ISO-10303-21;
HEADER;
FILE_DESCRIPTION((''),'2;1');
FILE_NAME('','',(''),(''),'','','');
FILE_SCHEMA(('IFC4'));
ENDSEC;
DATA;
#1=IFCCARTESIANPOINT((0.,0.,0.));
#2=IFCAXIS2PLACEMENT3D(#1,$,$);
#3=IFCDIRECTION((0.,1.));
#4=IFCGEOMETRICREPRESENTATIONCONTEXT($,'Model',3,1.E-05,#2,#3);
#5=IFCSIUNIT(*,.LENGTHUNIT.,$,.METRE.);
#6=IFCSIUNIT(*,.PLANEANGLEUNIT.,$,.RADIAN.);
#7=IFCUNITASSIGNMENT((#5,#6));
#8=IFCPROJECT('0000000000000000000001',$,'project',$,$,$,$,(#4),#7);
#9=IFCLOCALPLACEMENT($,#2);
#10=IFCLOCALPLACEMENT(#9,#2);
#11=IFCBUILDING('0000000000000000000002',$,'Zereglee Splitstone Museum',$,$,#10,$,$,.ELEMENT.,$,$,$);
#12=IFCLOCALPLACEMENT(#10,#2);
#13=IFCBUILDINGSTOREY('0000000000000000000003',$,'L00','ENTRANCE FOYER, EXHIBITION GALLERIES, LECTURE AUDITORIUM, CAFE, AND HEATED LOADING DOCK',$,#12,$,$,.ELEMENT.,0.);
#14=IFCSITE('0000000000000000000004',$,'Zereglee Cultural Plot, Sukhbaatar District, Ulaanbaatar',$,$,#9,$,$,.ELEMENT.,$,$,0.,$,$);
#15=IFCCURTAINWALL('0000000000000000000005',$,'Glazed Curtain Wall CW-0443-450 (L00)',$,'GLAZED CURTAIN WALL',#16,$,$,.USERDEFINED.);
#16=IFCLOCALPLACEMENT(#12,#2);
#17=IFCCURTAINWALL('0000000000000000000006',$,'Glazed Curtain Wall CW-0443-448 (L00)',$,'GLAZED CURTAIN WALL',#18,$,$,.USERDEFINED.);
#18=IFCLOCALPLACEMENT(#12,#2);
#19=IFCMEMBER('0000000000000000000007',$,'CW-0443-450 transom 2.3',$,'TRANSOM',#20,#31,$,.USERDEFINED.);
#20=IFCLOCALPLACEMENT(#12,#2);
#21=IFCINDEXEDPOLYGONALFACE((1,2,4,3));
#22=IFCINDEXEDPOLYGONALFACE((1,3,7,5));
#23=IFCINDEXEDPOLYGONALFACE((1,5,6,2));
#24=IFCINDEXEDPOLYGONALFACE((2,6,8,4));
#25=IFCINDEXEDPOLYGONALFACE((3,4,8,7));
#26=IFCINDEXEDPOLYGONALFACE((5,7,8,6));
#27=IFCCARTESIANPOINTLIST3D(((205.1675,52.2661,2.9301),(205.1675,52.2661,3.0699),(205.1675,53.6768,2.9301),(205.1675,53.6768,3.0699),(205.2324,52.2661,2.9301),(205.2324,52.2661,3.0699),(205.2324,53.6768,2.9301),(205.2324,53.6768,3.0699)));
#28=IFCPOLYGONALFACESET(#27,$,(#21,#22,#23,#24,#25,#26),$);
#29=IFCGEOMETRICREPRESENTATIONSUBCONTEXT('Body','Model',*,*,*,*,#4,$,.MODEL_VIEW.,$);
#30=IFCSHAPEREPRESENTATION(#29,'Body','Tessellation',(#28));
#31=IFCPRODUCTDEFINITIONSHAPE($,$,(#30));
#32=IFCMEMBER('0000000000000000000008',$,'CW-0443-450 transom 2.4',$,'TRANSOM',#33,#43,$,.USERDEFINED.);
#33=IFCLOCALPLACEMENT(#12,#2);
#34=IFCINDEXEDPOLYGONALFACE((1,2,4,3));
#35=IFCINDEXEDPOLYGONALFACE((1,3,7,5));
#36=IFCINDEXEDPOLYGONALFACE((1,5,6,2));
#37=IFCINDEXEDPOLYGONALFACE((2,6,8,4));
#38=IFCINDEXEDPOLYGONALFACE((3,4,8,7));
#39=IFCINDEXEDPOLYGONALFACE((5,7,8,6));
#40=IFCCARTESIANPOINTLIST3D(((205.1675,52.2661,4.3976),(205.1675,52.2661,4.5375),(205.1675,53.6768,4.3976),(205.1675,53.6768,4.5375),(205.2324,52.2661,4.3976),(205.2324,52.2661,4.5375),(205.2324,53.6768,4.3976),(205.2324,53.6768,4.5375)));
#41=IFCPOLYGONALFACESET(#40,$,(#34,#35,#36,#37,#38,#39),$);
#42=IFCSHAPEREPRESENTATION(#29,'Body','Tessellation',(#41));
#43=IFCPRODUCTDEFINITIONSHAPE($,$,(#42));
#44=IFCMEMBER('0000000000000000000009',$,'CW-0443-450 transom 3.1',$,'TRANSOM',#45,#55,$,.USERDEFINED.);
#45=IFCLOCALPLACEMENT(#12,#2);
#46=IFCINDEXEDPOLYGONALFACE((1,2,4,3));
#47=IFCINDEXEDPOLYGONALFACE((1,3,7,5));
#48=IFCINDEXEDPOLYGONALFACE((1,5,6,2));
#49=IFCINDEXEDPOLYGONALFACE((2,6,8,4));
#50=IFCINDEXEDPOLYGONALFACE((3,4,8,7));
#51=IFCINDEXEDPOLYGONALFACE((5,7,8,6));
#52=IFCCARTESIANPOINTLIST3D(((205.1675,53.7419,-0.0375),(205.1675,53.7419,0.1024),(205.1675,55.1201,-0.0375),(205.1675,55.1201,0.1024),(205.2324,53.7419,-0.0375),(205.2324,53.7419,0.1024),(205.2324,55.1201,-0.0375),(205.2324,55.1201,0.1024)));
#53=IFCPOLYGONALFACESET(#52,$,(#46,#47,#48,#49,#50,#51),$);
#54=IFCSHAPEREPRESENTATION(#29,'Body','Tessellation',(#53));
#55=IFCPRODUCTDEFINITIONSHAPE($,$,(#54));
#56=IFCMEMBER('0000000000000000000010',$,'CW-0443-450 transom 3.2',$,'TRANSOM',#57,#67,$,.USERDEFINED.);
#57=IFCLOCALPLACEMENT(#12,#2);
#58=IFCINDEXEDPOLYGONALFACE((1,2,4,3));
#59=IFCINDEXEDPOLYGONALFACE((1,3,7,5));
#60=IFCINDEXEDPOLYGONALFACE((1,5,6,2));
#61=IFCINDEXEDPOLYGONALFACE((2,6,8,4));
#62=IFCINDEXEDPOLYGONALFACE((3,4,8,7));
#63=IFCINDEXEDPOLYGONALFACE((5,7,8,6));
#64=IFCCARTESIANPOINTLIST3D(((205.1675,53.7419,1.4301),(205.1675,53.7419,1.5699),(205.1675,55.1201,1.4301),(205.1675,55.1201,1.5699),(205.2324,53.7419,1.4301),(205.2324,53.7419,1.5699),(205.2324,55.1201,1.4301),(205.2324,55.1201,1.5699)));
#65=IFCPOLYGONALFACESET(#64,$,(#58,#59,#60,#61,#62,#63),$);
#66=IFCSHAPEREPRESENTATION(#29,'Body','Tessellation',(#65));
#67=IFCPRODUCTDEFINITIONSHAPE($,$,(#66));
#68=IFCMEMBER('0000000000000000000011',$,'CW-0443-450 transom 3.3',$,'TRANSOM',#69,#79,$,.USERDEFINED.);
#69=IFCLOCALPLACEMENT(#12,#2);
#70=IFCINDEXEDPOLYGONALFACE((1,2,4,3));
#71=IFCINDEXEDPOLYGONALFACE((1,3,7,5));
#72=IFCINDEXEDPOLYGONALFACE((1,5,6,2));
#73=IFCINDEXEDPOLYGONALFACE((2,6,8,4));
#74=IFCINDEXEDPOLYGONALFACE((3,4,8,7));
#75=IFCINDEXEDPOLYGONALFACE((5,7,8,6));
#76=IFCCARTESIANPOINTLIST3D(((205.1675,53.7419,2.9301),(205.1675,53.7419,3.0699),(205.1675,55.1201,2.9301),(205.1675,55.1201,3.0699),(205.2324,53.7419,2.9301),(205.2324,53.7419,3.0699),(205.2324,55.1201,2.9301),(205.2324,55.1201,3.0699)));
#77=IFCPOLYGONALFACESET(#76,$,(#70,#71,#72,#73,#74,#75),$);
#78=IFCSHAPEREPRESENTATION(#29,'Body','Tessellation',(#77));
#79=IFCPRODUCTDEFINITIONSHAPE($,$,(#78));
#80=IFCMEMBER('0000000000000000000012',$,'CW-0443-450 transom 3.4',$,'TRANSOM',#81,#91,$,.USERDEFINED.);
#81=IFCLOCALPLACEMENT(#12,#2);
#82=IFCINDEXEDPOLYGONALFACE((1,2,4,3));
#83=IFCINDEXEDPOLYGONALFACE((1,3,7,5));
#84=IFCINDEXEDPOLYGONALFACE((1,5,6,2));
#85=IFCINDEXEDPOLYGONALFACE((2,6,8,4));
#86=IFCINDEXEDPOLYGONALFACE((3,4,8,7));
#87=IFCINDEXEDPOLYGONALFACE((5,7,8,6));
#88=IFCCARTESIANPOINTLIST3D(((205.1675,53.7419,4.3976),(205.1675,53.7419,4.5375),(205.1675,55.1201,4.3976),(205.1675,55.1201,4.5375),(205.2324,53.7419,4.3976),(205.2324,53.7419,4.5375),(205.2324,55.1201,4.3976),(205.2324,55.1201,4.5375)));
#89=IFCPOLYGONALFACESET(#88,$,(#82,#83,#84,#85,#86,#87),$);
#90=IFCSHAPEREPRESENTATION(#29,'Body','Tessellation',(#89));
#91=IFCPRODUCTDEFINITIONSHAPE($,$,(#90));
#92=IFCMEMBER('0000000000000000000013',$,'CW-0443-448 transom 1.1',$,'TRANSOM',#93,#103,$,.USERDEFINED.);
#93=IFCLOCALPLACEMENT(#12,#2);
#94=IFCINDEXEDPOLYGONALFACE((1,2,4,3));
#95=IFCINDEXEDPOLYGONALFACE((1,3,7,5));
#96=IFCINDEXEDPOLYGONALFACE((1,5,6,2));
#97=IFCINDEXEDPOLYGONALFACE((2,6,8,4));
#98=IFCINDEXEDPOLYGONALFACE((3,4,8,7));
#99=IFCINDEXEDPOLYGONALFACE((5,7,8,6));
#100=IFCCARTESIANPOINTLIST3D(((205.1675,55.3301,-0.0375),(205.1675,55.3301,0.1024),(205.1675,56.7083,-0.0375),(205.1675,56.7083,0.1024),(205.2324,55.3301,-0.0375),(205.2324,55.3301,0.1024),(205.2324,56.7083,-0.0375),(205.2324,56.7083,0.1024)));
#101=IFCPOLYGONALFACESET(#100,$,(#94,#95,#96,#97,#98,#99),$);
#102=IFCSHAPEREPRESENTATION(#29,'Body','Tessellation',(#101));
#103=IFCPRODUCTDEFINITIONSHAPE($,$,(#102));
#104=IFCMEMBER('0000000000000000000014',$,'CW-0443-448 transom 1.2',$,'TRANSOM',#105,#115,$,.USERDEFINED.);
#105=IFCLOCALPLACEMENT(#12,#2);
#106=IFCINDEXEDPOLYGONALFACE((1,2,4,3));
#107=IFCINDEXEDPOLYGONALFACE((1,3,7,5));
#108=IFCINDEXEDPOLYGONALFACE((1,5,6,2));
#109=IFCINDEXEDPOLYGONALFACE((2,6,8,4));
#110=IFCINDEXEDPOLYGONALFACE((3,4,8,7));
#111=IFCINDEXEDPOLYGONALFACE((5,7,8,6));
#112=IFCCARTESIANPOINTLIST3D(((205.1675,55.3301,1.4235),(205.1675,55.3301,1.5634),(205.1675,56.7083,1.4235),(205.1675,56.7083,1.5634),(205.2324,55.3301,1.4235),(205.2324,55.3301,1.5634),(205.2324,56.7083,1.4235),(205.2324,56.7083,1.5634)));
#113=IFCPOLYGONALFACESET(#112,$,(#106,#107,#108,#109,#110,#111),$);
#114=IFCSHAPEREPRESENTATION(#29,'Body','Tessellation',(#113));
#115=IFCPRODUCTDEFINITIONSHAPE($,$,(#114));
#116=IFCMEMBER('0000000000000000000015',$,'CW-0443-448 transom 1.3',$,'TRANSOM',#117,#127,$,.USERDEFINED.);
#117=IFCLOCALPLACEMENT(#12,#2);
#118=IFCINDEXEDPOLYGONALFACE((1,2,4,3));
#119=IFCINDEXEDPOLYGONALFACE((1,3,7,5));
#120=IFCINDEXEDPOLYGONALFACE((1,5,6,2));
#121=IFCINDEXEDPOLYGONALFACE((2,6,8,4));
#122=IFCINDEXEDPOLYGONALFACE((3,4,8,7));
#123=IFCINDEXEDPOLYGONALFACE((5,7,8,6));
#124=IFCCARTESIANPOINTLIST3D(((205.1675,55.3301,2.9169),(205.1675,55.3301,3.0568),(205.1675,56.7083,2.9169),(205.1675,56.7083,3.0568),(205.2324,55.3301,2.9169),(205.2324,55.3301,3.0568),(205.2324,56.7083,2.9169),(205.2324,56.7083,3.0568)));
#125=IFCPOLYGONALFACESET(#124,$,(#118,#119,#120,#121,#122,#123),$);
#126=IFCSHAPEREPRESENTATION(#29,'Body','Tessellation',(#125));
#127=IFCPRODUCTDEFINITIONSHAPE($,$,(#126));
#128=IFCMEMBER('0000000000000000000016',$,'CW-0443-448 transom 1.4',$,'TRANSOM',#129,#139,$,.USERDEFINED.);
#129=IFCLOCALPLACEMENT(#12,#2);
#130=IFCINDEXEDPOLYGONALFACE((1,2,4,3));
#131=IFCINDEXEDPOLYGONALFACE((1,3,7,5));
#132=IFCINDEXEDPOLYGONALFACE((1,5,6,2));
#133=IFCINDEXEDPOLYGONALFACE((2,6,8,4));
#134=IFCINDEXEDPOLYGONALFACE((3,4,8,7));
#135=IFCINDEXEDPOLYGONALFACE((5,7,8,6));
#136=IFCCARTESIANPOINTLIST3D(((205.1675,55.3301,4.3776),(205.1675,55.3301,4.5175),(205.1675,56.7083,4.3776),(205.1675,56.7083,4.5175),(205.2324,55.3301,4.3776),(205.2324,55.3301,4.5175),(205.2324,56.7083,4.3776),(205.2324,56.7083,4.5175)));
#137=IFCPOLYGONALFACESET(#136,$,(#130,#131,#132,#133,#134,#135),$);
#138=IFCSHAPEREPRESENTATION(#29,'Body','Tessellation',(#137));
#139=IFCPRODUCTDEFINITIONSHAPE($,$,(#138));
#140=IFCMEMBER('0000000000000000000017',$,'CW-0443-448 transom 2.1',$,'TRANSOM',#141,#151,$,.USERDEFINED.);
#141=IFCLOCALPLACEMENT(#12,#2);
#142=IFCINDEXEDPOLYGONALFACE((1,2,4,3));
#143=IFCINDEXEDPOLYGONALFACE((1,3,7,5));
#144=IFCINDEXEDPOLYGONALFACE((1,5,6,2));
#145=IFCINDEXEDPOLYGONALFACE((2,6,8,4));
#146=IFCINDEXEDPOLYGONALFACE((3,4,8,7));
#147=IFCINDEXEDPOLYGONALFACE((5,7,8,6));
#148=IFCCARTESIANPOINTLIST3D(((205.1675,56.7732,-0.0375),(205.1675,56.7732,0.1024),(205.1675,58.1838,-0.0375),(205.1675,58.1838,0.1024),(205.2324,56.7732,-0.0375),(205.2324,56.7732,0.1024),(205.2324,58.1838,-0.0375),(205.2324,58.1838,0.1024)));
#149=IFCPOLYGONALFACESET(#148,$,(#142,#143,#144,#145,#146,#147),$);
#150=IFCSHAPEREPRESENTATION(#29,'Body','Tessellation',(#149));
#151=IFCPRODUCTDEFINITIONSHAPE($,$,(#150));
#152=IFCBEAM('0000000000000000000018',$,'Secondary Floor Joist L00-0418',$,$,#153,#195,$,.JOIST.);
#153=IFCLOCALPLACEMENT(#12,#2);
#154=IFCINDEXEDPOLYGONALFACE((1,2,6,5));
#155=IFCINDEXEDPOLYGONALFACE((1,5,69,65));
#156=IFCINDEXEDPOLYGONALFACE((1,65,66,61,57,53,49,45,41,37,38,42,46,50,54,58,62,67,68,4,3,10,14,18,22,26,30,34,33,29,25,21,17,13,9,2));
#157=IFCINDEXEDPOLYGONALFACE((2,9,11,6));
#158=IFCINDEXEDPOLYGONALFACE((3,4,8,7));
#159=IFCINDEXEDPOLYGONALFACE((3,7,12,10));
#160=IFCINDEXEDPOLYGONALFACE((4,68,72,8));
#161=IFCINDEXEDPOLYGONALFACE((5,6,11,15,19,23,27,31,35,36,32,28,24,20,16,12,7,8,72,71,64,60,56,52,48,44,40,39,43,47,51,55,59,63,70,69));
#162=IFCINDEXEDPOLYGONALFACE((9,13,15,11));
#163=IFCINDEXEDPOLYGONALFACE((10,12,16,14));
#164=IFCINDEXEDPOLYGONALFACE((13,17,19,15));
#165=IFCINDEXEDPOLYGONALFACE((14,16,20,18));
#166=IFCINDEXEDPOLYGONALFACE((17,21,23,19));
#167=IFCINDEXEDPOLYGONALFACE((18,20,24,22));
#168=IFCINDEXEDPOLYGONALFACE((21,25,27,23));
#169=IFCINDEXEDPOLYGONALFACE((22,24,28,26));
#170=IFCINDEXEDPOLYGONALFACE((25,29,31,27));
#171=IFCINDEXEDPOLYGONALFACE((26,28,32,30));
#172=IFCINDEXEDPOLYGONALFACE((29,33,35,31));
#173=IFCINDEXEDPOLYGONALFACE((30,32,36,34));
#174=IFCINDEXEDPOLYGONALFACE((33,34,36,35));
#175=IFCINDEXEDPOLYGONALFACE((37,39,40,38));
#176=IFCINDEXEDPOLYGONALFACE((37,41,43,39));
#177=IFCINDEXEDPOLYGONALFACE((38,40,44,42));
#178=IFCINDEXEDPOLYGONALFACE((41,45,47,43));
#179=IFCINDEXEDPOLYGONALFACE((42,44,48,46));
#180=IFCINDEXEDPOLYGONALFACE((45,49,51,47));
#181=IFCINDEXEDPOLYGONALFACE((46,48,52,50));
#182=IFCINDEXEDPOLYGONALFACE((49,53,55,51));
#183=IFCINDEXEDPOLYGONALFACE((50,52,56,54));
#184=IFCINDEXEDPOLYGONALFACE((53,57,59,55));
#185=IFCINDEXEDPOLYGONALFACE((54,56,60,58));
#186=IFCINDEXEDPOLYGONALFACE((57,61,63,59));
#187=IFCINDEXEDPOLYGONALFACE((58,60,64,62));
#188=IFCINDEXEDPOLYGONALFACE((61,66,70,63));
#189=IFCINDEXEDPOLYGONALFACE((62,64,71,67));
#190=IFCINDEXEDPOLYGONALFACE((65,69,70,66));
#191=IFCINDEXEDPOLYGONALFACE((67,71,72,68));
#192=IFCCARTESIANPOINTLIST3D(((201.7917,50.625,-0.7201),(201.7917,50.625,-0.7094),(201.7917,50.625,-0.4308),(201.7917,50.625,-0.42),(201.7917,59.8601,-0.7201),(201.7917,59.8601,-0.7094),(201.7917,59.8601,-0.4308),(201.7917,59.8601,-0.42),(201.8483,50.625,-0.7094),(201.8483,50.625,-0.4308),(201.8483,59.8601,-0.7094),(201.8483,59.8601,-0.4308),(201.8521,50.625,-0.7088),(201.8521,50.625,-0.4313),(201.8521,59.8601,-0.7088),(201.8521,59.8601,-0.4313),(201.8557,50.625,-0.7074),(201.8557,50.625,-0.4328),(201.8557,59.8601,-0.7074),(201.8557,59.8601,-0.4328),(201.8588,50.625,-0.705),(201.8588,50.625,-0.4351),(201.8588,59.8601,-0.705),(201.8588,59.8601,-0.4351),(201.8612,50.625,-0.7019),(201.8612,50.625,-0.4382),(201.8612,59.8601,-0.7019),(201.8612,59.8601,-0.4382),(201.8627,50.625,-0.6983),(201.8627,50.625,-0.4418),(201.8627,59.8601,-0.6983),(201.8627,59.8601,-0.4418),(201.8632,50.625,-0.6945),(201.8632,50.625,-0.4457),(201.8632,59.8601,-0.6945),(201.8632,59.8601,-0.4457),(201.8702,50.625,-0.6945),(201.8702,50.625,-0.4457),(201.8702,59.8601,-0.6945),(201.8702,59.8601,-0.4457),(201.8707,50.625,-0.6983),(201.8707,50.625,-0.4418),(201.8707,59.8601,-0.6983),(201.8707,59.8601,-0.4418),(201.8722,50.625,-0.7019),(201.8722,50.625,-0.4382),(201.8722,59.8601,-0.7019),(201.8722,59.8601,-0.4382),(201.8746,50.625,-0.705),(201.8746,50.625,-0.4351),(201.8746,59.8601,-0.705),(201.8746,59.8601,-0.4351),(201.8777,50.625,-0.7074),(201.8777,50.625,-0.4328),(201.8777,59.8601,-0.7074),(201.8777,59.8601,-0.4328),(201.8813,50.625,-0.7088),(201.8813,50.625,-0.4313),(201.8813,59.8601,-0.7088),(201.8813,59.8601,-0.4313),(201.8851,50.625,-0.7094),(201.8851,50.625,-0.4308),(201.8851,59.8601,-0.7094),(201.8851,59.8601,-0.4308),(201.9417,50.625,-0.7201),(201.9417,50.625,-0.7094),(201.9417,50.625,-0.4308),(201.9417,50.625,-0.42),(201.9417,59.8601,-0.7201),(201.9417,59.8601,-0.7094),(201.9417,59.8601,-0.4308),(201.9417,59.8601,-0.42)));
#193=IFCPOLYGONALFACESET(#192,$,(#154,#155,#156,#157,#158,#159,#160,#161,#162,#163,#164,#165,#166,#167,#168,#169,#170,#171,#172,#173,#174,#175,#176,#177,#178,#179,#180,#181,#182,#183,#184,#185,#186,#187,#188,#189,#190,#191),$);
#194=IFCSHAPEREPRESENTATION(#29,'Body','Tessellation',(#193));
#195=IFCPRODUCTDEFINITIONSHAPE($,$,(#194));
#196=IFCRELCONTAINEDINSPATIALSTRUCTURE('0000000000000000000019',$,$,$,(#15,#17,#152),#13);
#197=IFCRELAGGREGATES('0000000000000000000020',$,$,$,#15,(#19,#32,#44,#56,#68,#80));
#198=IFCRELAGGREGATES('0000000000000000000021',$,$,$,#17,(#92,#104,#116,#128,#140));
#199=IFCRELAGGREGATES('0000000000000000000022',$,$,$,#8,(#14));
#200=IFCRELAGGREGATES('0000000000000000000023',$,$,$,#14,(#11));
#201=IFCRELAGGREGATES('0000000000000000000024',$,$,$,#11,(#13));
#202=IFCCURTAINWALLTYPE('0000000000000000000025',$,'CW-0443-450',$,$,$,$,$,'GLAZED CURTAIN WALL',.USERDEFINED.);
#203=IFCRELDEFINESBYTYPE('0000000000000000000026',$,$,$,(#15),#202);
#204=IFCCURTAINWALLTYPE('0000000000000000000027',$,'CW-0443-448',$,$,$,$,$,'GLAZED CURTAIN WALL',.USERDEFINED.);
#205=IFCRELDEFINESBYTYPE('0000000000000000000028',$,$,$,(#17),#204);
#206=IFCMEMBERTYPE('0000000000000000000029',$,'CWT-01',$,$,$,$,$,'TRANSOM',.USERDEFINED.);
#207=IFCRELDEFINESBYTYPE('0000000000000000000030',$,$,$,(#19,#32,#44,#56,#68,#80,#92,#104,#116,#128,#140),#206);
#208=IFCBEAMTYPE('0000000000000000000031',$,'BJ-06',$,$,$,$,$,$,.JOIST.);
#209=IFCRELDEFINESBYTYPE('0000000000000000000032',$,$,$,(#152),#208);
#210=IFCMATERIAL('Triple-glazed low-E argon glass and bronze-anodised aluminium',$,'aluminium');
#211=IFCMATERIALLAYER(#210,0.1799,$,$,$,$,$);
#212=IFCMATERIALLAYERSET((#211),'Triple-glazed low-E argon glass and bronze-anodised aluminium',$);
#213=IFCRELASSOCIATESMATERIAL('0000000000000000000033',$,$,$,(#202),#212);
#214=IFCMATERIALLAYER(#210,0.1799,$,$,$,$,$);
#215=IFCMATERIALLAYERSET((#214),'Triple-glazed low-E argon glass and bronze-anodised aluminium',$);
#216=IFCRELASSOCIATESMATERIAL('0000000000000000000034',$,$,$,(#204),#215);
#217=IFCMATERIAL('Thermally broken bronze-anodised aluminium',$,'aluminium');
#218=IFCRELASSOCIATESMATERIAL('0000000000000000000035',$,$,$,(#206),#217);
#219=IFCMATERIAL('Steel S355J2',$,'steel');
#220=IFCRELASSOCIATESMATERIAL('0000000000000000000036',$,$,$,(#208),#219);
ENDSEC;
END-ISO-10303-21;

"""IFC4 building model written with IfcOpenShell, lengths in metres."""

from ifc_helpers import new_model, si_unit, direction, frame, origin, origin_2d, place, context, subcontext, project, spatial, rectangle, i_section, extrude, material, layer, layer_set, material_profile, profile_set, type_object, element, aggregate, save


model = new_model("IFC4")

# Units and contexts
model_context = context("Model", 3, precision=1e-05, world=origin(), true_north=direction((0.0, 1.0)))
body_context = subcontext(model_context, "Body", "Model", "MODEL_VIEW")
ifc_project = project(units=[si_unit("LENGTHUNIT", "METRE"), si_unit("PLANEANGLEUNIT", "RADIAN")], contexts=[model_context])

# Site, building, storey
site_placement = place(None, origin())
site = spatial("IfcSite", under=ifc_project, at=site_placement, Name="Zereglee Cultural Plot, Sukhbaatar District, Ulaanbaatar", CompositionType="ELEMENT", RefElevation=0.0)
building_placement = place(site_placement, origin())
building = spatial("IfcBuilding", under=site, at=building_placement, Name="Zereglee Splitstone Museum", CompositionType="ELEMENT")
storey_placement = place(building_placement, origin())
storey = spatial("IfcBuildingStorey", under=building, at=storey_placement, Name="L00", Description="ENTRANCE FOYER, EXHIBITION GALLERIES, LECTURE AUDITORIUM, CAFE, AND HEATED LOADING DOCK", CompositionType="ELEMENT", Elevation=0.0)

# Shared definitions
ifc_material_1 = material(Name="Triple-glazed low-E argon glass and bronze-anodised aluminium", Category="aluminium")
ifc_material_2 = material(Name="Thermally broken bronze-anodised aluminium", Category="aluminium")

# Curtain walls
ifc_layer_1 = layer(ifc_material_1, 0.1799)
ifc_layer_set_1 = layer_set([ifc_layer_1], Name="Triple-glazed low-E argon glass and bronze-anodised aluminium")
curtain_wall_type_1 = type_object("IfcCurtainWallType", Name="CW-0443-450", ElementType="GLAZED CURTAIN WALL", PredefinedType="USERDEFINED", material=ifc_layer_set_1)
curtain_wall_1_placement = place(storey_placement, origin())
curtain_wall_1 = element("IfcCurtainWall", 1, at=curtain_wall_1_placement, inside=storey, type_object=curtain_wall_type_1, Name="Glazed Curtain Wall CW-0443-450 (L00)", ObjectType="GLAZED CURTAIN WALL", PredefinedType="USERDEFINED")
ifc_layer_2 = layer(ifc_material_1, 0.1799)
ifc_layer_set_2 = layer_set([ifc_layer_2], Name="Triple-glazed low-E argon glass and bronze-anodised aluminium")
curtain_wall_type_2 = type_object("IfcCurtainWallType", Name="CW-0443-448", ElementType="GLAZED CURTAIN WALL", PredefinedType="USERDEFINED", material=ifc_layer_set_2)
curtain_wall_2_placement = place(storey_placement, origin())
curtain_wall_2 = element("IfcCurtainWall", 2, at=curtain_wall_2_placement, inside=storey, type_object=curtain_wall_type_2, Name="Glazed Curtain Wall CW-0443-448 (L00)", ObjectType="GLAZED CURTAIN WALL", PredefinedType="USERDEFINED")

# Members
ifc_material_profile_1 = material_profile(ifc_material_2, rectangle(XDim=0.0649, YDim=0.1399, at=origin_2d()), Name="CW TRAN 65x140")
ifc_profile_set_1 = profile_set([ifc_material_profile_1], Name="Thermally broken bronze-anodised aluminium")
member_type_1 = type_object("IfcMemberType", Name="CWT-01", ElementType="TRANSOM", PredefinedType="USERDEFINED", material=ifc_profile_set_1)
member_1_placement = place(storey_placement, frame((205.2, 52.2661, 3.0), z_axis=(0.0, 1.0, 0.0), x_axis=(-1.0, 0.0, 0.0)))
member_1 = element("IfcMember", 3, at=member_1_placement, type_object=member_type_1, Name="CW-0443-450 transom 2.3", ObjectType="TRANSOM", PredefinedType="USERDEFINED", context=body_context, shape_type="SweptSolid", body=[
    extrude(rectangle(XDim=0.0649, YDim=0.1399, at=origin_2d()), origin(), (0.0, 0.0, 1.0), 1.4106),
])
member_2_placement = place(storey_placement, frame((205.2, 52.2661, 4.4675), z_axis=(0.0, 1.0, 0.0), x_axis=(-1.0, 0.0, 0.0)))
member_2 = element("IfcMember", 4, at=member_2_placement, type_object=member_type_1, Name="CW-0443-450 transom 2.4", ObjectType="TRANSOM", PredefinedType="USERDEFINED", context=body_context, shape_type="SweptSolid", body=[
    extrude(rectangle(XDim=0.0649, YDim=0.1399, at=origin_2d()), origin(), (0.0, 0.0, 1.0), 1.4106),
])
member_3_placement = place(storey_placement, frame((205.2, 53.7419, 0.0325), z_axis=(0.0, 1.0, 0.0), x_axis=(-1.0, 0.0, 0.0)))
member_3 = element("IfcMember", 5, at=member_3_placement, type_object=member_type_1, Name="CW-0443-450 transom 3.1", ObjectType="TRANSOM", PredefinedType="USERDEFINED", context=body_context, shape_type="SweptSolid", body=[
    extrude(rectangle(XDim=0.0649, YDim=0.1399, at=origin_2d()), origin(), (0.0, 0.0, 1.0), 1.3782),
])
member_4_placement = place(storey_placement, frame((205.2, 53.7419, 1.5), z_axis=(0.0, 1.0, 0.0), x_axis=(-1.0, 0.0, 0.0)))
member_4 = element("IfcMember", 6, at=member_4_placement, type_object=member_type_1, Name="CW-0443-450 transom 3.2", ObjectType="TRANSOM", PredefinedType="USERDEFINED", context=body_context, shape_type="SweptSolid", body=[
    extrude(rectangle(XDim=0.0649, YDim=0.1399, at=origin_2d()), origin(), (0.0, 0.0, 1.0), 1.3782),
])
member_5_placement = place(storey_placement, frame((205.2, 53.7419, 3.0), z_axis=(0.0, 1.0, 0.0), x_axis=(-1.0, 0.0, 0.0)))
member_5 = element("IfcMember", 7, at=member_5_placement, type_object=member_type_1, Name="CW-0443-450 transom 3.3", ObjectType="TRANSOM", PredefinedType="USERDEFINED", context=body_context, shape_type="SweptSolid", body=[
    extrude(rectangle(XDim=0.0649, YDim=0.1399, at=origin_2d()), origin(), (0.0, 0.0, 1.0), 1.3782),
])
member_6_placement = place(storey_placement, frame((205.2, 53.7419, 4.4675), z_axis=(0.0, 1.0, 0.0), x_axis=(-1.0, 0.0, 0.0)))
member_6 = element("IfcMember", 8, at=member_6_placement, type_object=member_type_1, Name="CW-0443-450 transom 3.4", ObjectType="TRANSOM", PredefinedType="USERDEFINED", context=body_context, shape_type="SweptSolid", body=[
    extrude(rectangle(XDim=0.0649, YDim=0.1399, at=origin_2d()), origin(), (0.0, 0.0, 1.0), 1.3782),
])
member_7_placement = place(storey_placement, frame((205.2, 55.3301, 0.0325), z_axis=(0.0, 1.0, 0.0), x_axis=(-1.0, 0.0, 0.0)))
member_7 = element("IfcMember", 9, at=member_7_placement, type_object=member_type_1, Name="CW-0443-448 transom 1.1", ObjectType="TRANSOM", PredefinedType="USERDEFINED", context=body_context, shape_type="SweptSolid", body=[
    extrude(rectangle(XDim=0.0649, YDim=0.1399, at=origin_2d()), origin(), (0.0, 0.0, 1.0), 1.3782),
])
member_8_placement = place(storey_placement, frame((205.2, 55.3301, 1.4934), z_axis=(0.0, 1.0, 0.0), x_axis=(-1.0, 0.0, 0.0)))
member_8 = element("IfcMember", 10, at=member_8_placement, type_object=member_type_1, Name="CW-0443-448 transom 1.2", ObjectType="TRANSOM", PredefinedType="USERDEFINED", context=body_context, shape_type="SweptSolid", body=[
    extrude(rectangle(XDim=0.0649, YDim=0.1399, at=origin_2d()), origin(), (0.0, 0.0, 1.0), 1.3782),
])
member_9_placement = place(storey_placement, frame((205.2, 55.3301, 2.9868), z_axis=(0.0, 1.0, 0.0), x_axis=(-1.0, 0.0, 0.0)))
member_9 = element("IfcMember", 11, at=member_9_placement, type_object=member_type_1, Name="CW-0443-448 transom 1.3", ObjectType="TRANSOM", PredefinedType="USERDEFINED", context=body_context, shape_type="SweptSolid", body=[
    extrude(rectangle(XDim=0.0649, YDim=0.1399, at=origin_2d()), origin(), (0.0, 0.0, 1.0), 1.3782),
])
member_10_placement = place(storey_placement, frame((205.2, 55.3301, 4.4475), z_axis=(0.0, 1.0, 0.0), x_axis=(-1.0, 0.0, 0.0)))
member_10 = element("IfcMember", 12, at=member_10_placement, type_object=member_type_1, Name="CW-0443-448 transom 1.4", ObjectType="TRANSOM", PredefinedType="USERDEFINED", context=body_context, shape_type="SweptSolid", body=[
    extrude(rectangle(XDim=0.0649, YDim=0.1399, at=origin_2d()), origin(), (0.0, 0.0, 1.0), 1.3782),
])
member_11_placement = place(storey_placement, frame((205.2, 56.7732, 0.0325), z_axis=(0.0, 1.0, 0.0), x_axis=(-1.0, 0.0, 0.0)))
member_11 = element("IfcMember", 13, at=member_11_placement, type_object=member_type_1, Name="CW-0443-448 transom 2.1", ObjectType="TRANSOM", PredefinedType="USERDEFINED", context=body_context, shape_type="SweptSolid", body=[
    extrude(rectangle(XDim=0.0649, YDim=0.1399, at=origin_2d()), origin(), (0.0, 0.0, 1.0), 1.4106),
])

# Beam
ifc_material_3 = material(Name="Steel S355J2", Category="steel")
ifc_material_profile_2 = material_profile(ifc_material_3, i_section(OverallWidth=0.1499, OverallDepth=0.3, WebThickness=0.0071, FlangeThickness=0.0107, FilletRadius=0.0149, at=origin_2d()), Name="IPE 300")
ifc_profile_set_2 = profile_set([ifc_material_profile_2], Name="Steel S355J2")
beam_type_1 = type_object("IfcBeamType", Name="BJ-06", PredefinedType="JOIST", material=ifc_profile_set_2)
beam_1_placement = place(storey_placement, frame((201.8667, 50.625, -0.5701), z_axis=(0.0, 1.0, 0.0), x_axis=(-1.0, 0.0, 0.0)))
element("IfcBeam", 14, at=beam_1_placement, inside=storey, type_object=beam_type_1, Name="Secondary Floor Joist L00-0418", PredefinedType="JOIST", context=body_context, shape_type="SweptSolid", body=[
    extrude(i_section(OverallWidth=0.1499, OverallDepth=0.3, WebThickness=0.0071, FlangeThickness=0.0107, FilletRadius=0.0149, at=origin_2d()), origin(), (0.0, 0.0, 1.0), 9.2351),
])

aggregate(curtain_wall_1, [member_1, member_2, member_3, member_4, member_5, member_6])
aggregate(curtain_wall_2, [member_7, member_8, member_9, member_10, member_11])

save(model, "model.ifc")
